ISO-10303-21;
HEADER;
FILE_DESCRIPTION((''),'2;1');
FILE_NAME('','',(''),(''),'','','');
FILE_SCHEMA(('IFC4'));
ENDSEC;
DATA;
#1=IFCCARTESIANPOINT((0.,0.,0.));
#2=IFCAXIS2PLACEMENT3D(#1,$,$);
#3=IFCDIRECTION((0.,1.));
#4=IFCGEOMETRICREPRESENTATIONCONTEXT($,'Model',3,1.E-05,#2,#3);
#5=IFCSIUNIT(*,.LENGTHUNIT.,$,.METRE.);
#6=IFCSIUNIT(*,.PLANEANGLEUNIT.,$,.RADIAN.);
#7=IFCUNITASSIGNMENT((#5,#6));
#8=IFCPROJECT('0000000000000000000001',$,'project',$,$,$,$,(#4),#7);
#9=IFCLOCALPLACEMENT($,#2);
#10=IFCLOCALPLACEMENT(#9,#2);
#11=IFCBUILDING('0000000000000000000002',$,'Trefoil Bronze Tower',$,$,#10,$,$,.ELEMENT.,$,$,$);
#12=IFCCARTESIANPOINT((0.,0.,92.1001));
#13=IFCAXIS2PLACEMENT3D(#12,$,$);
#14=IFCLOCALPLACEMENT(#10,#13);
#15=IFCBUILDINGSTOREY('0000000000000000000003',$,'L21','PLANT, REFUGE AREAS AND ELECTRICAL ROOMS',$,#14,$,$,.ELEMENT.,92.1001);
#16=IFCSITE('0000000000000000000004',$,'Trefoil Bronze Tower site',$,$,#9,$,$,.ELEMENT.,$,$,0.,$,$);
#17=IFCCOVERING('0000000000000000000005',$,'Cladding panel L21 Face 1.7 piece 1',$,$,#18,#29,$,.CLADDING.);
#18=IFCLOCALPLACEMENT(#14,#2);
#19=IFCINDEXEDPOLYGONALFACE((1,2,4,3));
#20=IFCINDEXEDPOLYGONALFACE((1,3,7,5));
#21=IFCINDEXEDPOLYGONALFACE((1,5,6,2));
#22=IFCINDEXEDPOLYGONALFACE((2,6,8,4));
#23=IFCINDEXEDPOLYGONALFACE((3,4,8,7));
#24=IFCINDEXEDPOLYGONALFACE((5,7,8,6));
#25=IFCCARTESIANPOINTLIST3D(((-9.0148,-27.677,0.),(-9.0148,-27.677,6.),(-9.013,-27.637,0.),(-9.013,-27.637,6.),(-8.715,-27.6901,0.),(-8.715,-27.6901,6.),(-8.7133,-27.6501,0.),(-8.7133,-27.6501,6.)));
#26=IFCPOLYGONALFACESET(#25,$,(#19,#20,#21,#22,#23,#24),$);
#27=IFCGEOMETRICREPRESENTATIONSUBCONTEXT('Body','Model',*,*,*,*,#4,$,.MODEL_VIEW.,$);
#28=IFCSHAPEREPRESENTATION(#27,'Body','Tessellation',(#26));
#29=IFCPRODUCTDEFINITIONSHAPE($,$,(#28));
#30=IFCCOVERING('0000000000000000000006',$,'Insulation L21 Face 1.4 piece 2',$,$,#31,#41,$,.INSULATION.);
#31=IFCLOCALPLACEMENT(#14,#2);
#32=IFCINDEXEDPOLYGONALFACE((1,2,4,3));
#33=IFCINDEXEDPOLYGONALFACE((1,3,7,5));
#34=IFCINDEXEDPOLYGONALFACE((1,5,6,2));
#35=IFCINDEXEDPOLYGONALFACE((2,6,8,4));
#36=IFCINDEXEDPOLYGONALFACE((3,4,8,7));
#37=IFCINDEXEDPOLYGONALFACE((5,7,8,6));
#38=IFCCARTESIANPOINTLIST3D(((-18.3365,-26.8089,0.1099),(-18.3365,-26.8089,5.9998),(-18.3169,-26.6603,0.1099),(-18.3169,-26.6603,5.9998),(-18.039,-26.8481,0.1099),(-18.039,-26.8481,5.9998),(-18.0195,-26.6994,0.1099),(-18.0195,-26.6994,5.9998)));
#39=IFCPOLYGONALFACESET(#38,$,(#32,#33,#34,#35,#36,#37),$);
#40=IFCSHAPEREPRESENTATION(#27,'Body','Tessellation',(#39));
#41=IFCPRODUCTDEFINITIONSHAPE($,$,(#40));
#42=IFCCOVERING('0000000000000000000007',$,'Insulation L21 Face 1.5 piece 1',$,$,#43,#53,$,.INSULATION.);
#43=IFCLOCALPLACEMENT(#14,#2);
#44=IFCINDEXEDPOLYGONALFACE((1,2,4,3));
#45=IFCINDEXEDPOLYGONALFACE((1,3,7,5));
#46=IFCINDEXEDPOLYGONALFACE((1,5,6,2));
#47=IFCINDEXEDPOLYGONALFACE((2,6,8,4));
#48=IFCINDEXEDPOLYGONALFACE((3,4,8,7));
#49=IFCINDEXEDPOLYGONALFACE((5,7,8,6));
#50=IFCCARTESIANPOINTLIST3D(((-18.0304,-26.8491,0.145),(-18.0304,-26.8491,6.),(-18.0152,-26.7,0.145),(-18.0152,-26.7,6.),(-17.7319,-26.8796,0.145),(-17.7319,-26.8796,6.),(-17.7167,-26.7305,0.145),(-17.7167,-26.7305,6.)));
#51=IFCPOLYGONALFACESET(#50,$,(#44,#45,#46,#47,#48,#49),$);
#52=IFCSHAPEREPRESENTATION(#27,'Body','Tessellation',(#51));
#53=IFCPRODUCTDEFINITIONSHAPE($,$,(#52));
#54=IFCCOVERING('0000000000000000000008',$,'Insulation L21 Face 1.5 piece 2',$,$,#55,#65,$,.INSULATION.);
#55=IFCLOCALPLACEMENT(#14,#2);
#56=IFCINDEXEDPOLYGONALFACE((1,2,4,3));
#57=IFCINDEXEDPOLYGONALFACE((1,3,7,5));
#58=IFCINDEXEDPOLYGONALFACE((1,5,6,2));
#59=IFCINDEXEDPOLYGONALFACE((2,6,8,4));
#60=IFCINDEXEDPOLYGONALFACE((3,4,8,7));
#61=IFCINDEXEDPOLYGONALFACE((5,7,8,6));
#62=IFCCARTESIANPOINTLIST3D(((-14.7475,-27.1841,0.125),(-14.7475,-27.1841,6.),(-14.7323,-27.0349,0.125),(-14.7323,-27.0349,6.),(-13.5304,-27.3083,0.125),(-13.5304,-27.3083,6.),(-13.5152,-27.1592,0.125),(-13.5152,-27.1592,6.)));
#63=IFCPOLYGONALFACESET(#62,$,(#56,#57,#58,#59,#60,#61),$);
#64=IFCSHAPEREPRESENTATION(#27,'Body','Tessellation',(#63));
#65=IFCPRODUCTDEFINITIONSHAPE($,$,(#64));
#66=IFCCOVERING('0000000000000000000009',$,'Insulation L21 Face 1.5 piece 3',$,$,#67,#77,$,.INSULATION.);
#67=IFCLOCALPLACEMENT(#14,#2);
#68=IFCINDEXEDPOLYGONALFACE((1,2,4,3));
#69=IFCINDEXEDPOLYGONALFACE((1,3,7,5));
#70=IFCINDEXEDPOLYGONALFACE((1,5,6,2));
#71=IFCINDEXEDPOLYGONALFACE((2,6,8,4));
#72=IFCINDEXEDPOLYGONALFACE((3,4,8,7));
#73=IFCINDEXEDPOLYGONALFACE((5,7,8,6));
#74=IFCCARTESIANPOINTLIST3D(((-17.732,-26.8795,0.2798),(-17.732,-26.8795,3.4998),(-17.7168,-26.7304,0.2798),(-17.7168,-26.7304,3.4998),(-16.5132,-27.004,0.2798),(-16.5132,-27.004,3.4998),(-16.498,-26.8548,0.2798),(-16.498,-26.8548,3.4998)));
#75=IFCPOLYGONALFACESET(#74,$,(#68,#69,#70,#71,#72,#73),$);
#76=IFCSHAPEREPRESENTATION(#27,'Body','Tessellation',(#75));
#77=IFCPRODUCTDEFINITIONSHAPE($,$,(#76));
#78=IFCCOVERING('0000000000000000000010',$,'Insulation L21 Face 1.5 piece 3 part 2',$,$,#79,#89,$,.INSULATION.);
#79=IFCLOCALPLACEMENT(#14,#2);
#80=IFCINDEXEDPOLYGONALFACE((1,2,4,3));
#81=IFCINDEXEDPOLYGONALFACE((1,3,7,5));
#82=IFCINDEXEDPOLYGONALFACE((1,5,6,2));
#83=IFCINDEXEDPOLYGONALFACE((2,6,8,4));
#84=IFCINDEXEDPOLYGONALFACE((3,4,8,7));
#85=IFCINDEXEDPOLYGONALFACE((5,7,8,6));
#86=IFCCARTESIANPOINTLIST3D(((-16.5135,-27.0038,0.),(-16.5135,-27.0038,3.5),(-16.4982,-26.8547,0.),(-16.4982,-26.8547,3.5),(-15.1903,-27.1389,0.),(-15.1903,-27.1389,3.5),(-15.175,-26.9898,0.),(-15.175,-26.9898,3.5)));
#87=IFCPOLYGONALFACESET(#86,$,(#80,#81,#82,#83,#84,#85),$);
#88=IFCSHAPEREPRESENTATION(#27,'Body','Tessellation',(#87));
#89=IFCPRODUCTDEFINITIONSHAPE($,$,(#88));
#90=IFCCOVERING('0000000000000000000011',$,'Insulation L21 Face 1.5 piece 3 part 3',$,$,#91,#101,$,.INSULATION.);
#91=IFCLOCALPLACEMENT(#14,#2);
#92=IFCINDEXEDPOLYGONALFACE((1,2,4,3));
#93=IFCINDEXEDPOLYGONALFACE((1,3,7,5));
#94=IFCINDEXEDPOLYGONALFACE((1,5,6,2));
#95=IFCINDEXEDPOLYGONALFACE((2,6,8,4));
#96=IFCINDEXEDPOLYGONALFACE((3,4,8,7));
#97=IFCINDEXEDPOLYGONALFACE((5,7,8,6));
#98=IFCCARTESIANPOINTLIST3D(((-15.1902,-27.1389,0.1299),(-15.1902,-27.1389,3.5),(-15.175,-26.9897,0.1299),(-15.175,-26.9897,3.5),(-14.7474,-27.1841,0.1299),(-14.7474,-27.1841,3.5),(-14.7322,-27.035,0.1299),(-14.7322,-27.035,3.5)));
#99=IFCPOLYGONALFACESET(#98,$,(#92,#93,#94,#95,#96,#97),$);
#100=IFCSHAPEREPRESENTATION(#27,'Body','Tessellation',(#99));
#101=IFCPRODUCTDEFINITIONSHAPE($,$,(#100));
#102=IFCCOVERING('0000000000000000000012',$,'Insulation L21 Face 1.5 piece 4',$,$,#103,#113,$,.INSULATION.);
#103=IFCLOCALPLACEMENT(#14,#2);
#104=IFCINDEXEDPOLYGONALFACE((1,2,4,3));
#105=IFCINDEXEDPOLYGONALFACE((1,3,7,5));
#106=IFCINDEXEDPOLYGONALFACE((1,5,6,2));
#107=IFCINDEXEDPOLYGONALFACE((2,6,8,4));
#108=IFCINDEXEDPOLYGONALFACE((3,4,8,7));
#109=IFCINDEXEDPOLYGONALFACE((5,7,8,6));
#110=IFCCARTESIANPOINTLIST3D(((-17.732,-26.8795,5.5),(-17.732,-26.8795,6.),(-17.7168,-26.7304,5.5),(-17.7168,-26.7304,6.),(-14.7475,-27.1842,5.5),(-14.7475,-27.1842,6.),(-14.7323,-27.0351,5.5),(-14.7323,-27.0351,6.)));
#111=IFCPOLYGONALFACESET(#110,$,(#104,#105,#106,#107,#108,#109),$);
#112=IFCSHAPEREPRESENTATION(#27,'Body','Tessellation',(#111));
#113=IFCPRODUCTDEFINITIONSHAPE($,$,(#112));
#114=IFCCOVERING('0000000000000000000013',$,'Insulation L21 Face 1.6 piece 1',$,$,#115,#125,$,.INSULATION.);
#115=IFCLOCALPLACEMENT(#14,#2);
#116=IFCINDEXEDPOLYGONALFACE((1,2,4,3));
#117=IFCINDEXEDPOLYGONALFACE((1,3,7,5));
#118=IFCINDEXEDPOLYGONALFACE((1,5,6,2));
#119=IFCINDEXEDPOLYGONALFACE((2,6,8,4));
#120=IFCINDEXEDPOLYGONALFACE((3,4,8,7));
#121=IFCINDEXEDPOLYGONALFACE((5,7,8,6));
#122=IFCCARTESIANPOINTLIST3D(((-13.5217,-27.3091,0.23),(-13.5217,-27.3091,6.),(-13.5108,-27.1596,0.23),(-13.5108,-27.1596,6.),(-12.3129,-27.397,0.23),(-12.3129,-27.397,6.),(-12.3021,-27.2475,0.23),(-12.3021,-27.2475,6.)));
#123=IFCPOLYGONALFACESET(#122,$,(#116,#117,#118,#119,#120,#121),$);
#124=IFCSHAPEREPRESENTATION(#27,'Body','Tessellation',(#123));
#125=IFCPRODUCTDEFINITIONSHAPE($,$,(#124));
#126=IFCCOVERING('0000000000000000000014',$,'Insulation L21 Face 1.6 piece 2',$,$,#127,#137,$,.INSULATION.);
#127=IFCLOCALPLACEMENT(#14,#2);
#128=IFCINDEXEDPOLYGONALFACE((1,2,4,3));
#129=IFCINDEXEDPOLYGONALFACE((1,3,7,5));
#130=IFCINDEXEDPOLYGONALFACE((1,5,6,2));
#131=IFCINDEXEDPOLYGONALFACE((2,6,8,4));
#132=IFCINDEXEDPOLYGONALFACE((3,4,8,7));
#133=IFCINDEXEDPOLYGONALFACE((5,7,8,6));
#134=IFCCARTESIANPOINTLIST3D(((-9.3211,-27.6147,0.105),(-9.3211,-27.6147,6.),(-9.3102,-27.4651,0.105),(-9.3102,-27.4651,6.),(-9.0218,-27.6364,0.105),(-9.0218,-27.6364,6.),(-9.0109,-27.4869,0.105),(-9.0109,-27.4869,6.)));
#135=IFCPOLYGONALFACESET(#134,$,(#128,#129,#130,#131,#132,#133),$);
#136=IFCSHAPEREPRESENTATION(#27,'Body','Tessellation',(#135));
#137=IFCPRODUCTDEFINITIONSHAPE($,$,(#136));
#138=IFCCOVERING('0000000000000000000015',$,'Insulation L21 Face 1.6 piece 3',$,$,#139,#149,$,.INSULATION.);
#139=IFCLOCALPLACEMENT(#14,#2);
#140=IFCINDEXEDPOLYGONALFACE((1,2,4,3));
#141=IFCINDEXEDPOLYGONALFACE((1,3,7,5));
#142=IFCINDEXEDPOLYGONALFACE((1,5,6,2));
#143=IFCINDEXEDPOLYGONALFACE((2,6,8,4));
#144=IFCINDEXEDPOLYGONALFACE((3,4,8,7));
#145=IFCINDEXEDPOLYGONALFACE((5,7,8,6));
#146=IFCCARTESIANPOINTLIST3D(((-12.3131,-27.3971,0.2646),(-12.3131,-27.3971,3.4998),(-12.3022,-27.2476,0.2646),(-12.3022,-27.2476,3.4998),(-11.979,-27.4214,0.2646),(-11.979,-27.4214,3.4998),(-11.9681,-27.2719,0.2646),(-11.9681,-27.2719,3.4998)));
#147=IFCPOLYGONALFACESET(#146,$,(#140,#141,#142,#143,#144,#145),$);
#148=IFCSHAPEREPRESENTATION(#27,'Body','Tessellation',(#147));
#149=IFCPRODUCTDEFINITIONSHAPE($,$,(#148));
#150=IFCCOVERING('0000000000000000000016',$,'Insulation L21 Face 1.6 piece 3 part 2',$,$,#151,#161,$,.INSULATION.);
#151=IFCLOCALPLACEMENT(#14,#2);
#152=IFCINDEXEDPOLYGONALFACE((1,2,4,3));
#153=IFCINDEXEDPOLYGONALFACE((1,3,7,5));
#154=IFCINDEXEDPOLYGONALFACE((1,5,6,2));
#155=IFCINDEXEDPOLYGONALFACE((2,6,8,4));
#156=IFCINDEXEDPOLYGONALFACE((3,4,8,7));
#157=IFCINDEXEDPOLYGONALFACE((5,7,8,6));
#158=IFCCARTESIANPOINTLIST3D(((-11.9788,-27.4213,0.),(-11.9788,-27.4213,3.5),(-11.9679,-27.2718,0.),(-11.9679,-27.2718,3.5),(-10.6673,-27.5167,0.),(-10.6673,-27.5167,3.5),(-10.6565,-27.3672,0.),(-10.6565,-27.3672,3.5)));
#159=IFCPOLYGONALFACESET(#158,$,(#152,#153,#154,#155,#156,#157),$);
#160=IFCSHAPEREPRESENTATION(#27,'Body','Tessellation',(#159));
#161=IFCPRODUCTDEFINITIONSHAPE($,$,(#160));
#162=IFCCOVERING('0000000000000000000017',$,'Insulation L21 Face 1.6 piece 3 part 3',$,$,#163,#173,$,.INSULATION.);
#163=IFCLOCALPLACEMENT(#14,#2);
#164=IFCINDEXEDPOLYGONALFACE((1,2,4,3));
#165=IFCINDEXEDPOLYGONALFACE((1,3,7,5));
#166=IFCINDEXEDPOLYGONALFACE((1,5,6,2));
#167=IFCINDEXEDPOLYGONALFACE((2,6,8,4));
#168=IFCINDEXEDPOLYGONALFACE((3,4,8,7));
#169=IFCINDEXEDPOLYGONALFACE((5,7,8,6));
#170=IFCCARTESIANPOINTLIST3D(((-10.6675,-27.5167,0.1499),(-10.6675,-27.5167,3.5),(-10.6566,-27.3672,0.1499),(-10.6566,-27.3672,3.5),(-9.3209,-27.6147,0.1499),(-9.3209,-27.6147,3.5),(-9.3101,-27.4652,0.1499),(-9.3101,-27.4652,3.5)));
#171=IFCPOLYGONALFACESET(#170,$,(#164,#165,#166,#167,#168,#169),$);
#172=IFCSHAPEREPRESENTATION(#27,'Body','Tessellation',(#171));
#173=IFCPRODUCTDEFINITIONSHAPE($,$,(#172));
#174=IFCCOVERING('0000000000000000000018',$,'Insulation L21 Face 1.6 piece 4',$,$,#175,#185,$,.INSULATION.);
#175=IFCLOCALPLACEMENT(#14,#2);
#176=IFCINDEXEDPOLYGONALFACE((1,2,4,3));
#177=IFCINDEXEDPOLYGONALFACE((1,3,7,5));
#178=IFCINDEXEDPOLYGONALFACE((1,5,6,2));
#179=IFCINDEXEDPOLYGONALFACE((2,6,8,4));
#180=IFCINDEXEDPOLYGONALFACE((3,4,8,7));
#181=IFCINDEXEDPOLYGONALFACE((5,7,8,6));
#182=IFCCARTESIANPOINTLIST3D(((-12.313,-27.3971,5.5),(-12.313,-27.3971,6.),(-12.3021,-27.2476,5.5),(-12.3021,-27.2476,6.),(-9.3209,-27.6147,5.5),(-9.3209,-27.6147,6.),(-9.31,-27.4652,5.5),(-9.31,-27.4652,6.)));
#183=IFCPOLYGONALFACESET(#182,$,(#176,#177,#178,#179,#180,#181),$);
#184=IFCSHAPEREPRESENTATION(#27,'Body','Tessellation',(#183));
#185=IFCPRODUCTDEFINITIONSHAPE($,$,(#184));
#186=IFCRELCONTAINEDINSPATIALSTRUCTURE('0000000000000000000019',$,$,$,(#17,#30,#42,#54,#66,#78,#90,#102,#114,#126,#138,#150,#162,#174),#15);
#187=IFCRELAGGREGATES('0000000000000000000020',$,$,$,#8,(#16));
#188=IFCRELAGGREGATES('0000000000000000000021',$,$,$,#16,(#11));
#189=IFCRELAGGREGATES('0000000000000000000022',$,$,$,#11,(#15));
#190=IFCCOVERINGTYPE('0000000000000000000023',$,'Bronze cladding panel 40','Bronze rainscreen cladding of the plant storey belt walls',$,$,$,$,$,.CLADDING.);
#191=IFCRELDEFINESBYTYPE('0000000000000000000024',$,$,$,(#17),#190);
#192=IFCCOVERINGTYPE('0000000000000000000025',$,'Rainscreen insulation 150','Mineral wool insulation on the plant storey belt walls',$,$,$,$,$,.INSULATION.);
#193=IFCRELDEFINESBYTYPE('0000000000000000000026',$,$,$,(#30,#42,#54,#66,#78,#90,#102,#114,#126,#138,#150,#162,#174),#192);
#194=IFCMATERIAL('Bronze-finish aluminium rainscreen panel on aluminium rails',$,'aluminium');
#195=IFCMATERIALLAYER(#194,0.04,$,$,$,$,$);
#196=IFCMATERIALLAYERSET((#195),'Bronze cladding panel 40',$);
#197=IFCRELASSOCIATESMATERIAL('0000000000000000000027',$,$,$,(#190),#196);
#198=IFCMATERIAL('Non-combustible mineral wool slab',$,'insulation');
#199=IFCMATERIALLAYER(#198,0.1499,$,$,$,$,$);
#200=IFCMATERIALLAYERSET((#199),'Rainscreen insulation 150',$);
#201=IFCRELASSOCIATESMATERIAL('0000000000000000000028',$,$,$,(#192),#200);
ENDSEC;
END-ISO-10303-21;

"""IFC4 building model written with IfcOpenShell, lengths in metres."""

from ifc_helpers import new_model, si_unit, direction, frame, origin, origin_2d, place, context, subcontext, project, spatial, rectangle, extrude, material, layer, layer_set, type_object, element, save


model = new_model("IFC4")

# Units and contexts
model_context = context("Model", 3, precision=1e-05, world=origin(), true_north=direction((0.0, 1.0)))
body_context = subcontext(model_context, "Body", "Model", "MODEL_VIEW")
ifc_project = project(units=[si_unit("LENGTHUNIT", "METRE"), si_unit("PLANEANGLEUNIT", "RADIAN")], contexts=[model_context])

# Site, building, storey
site_placement = place(None, origin())
site = spatial("IfcSite", under=ifc_project, at=site_placement, Name="Trefoil Bronze Tower site", CompositionType="ELEMENT", RefElevation=0.0)
building_placement = place(site_placement, origin())
building = spatial("IfcBuilding", under=site, at=building_placement, Name="Trefoil Bronze Tower", CompositionType="ELEMENT")
storey_placement = place(building_placement, frame((0.0, 0.0, 92.1001)))
storey = spatial("IfcBuildingStorey", under=building, at=storey_placement, Name="L21", Description="PLANT, REFUGE AREAS AND ELECTRICAL ROOMS", CompositionType="ELEMENT", Elevation=92.1001)

# Coverings
ifc_material_1 = material(Name="Bronze-finish aluminium rainscreen panel on aluminium rails", Category="aluminium")
ifc_layer_1 = layer(ifc_material_1, 0.04)
ifc_layer_set_1 = layer_set([ifc_layer_1], Name="Bronze cladding panel 40")
covering_type_1 = type_object("IfcCoveringType", Name="Bronze cladding panel 40", Description="Bronze rainscreen cladding of the plant storey belt walls", PredefinedType="CLADDING", material=ifc_layer_set_1)
covering_1_placement = place(storey_placement, frame((-8.864, -27.6636, 0.0), z_axis=(0.0, 0.0, 1.0), x_axis=(0.999052, -0.043528, 0.0)))
element("IfcCovering", 1, at=covering_1_placement, inside=storey, type_object=covering_type_1, Name="Cladding panel L21 Face 1.7 piece 1", PredefinedType="CLADDING", context=body_context, shape_type="SweptSolid", body=[
    extrude(rectangle(XDim=0.3, YDim=0.04, at=origin_2d()), origin(), (0.0, 0.0, 1.0), 6.0),
])
ifc_material_2 = material(Name="Non-combustible mineral wool slab", Category="insulation")
ifc_layer_2 = layer(ifc_material_2, 0.1499)
ifc_layer_set_2 = layer_set([ifc_layer_2], Name="Rainscreen insulation 150")
covering_type_2 = type_object("IfcCoveringType", Name="Rainscreen insulation 150", Description="Mineral wool insulation on the plant storey belt walls", PredefinedType="INSULATION", material=ifc_layer_set_2)
covering_2_placement = place(storey_placement, frame((-18.178, -26.7542, 0.1099), z_axis=(0.0, 0.0, 1.0), x_axis=(0.991437, -0.130584, 0.0)))
element("IfcCovering", 2, at=covering_2_placement, inside=storey, type_object=covering_type_2, Name="Insulation L21 Face 1.4 piece 2", PredefinedType="INSULATION", context=body_context, shape_type="SweptSolid", body=[
    extrude(rectangle(XDim=0.3, YDim=0.1499, at=origin_2d()), origin(), (0.0, 0.0, 1.0), 5.8899),
])
covering_3_placement = place(storey_placement, frame((-17.8735, -26.7898, 0.145), z_axis=(0.0, 0.0, 1.0), x_axis=(0.994829, -0.101565, 0.0)))
element("IfcCovering", 3, at=covering_3_placement, inside=storey, type_object=covering_type_2, Name="Insulation L21 Face 1.5 piece 1", PredefinedType="INSULATION", context=body_context, shape_type="SweptSolid", body=[
    extrude(rectangle(XDim=0.3, YDim=0.1499, at=origin_2d()), origin(), (0.0, 0.0, 1.0), 5.855),
])
covering_4_placement = place(storey_placement, frame((-14.1313, -27.1716, 0.125), z_axis=(0.0, 0.0, 1.0), x_axis=(0.994829, -0.101565, 0.0)))
element("IfcCovering", 4, at=covering_4_placement, inside=storey, type_object=covering_type_2, Name="Insulation L21 Face 1.5 piece 2", PredefinedType="INSULATION", context=body_context, shape_type="SweptSolid", body=[
    extrude(rectangle(XDim=1.2234, YDim=0.1499, at=origin_2d()), origin(), (0.0, 0.0, 1.0), 5.875),
])
covering_5_placement = place(storey_placement, frame((-17.115, -26.8672, 0.2798), z_axis=(0.0, 0.0, 1.0), x_axis=(0.994829, -0.101565, 0.0)))
element("IfcCovering", 5, at=covering_5_placement, inside=storey, type_object=covering_type_2, Name="Insulation L21 Face 1.5 piece 3", PredefinedType="INSULATION", context=body_context, shape_type="SweptSolid", body=[
    extrude(rectangle(XDim=1.2251, YDim=0.1499, at=origin_2d()), origin(), (0.0, 0.0, 1.0), 3.22),
])
covering_6_placement = place(storey_placement, frame((-15.8442, -26.9968, 0.0), z_axis=(0.0, 0.0, 1.0), x_axis=(0.994829, -0.101565, 0.0)))
element("IfcCovering", 6, at=covering_6_placement, inside=storey, type_object=covering_type_2, Name="Insulation L21 Face 1.5 piece 3 part 2", PredefinedType="INSULATION", context=body_context, shape_type="SweptSolid", body=[
    extrude(rectangle(XDim=1.3301, YDim=0.1499, at=origin_2d()), origin(), (0.0, 0.0, 1.0), 3.5),
])
covering_7_placement = place(storey_placement, frame((-14.9612, -27.0869, 0.1299), z_axis=(0.0, 0.0, 1.0), x_axis=(0.994829, -0.101565, 0.0)))
element("IfcCovering", 7, at=covering_7_placement, inside=storey, type_object=covering_type_2, Name="Insulation L21 Face 1.5 piece 3 part 3", PredefinedType="INSULATION", context=body_context, shape_type="SweptSolid", body=[
    extrude(rectangle(XDim=0.4451, YDim=0.1499, at=origin_2d()), origin(), (0.0, 0.0, 1.0), 3.3701),
])
covering_8_placement = place(storey_placement, frame((-16.2322, -26.9573, 5.5), z_axis=(0.0, 0.0, 1.0), x_axis=(0.994829, -0.101565, 0.0)))
element("IfcCovering", 8, at=covering_8_placement, inside=storey, type_object=covering_type_2, Name="Insulation L21 Face 1.5 piece 4", PredefinedType="INSULATION", context=body_context, shape_type="SweptSolid", body=[
    extrude(rectangle(XDim=3.0, YDim=0.1499, at=origin_2d()), origin(), (0.0, 0.0, 1.0), 0.5),
])
covering_9_placement = place(storey_placement, frame((-12.9119, -27.2783, 0.23), z_axis=(0.0, 0.0, 1.0), x_axis=(0.997365, -0.072547, 0.0)))
element("IfcCovering", 9, at=covering_9_placement, inside=storey, type_object=covering_type_2, Name="Insulation L21 Face 1.6 piece 1", PredefinedType="INSULATION", context=body_context, shape_type="SweptSolid", body=[
    extrude(rectangle(XDim=1.2119, YDim=0.1499, at=origin_2d()), origin(), (0.0, 0.0, 1.0), 5.77),
])
covering_10_placement = place(storey_placement, frame((-9.166, -27.5508, 0.105), z_axis=(0.0, 0.0, 1.0), x_axis=(0.997365, -0.072547, 0.0)))
element("IfcCovering", 10, at=covering_10_placement, inside=storey, type_object=covering_type_2, Name="Insulation L21 Face 1.6 piece 2", PredefinedType="INSULATION", context=body_context, shape_type="SweptSolid", body=[
    extrude(rectangle(XDim=0.3, YDim=0.1499, at=origin_2d()), origin(), (0.0, 0.0, 1.0), 5.895),
])
covering_11_placement = place(storey_placement, frame((-12.1406, -27.3345, 0.2646), z_axis=(0.0, 0.0, 1.0), x_axis=(0.997365, -0.072547, 0.0)))
element("IfcCovering", 11, at=covering_11_placement, inside=storey, type_object=covering_type_2, Name="Insulation L21 Face 1.6 piece 3", PredefinedType="INSULATION", context=body_context, shape_type="SweptSolid", body=[
    extrude(rectangle(XDim=0.335, YDim=0.1499, at=origin_2d()), origin(), (0.0, 0.0, 1.0), 3.2351),
])
covering_12_placement = place(storey_placement, frame((-11.3176, -27.3943, 0.0), z_axis=(0.0, 0.0, 1.0), x_axis=(0.997365, -0.072547, 0.0)))
element("IfcCovering", 12, at=covering_12_placement, inside=storey, type_object=covering_type_2, Name="Insulation L21 Face 1.6 piece 3 part 2", PredefinedType="INSULATION", context=body_context, shape_type="SweptSolid", body=[
    extrude(rectangle(XDim=1.3149, YDim=0.1499, at=origin_2d()), origin(), (0.0, 0.0, 1.0), 3.5),
])
covering_13_placement = place(storey_placement, frame((-9.9888, -27.491, 0.1499), z_axis=(0.0, 0.0, 1.0), x_axis=(0.997365, -0.072547, 0.0)))
element("IfcCovering", 13, at=covering_13_placement, inside=storey, type_object=covering_type_2, Name="Insulation L21 Face 1.6 piece 3 part 3", PredefinedType="INSULATION", context=body_context, shape_type="SweptSolid", body=[
    extrude(rectangle(XDim=1.3501, YDim=0.1499, at=origin_2d()), origin(), (0.0, 0.0, 1.0), 3.3501),
])
covering_14_placement = place(storey_placement, frame((-10.8115, -27.4312, 5.5), z_axis=(0.0, 0.0, 1.0), x_axis=(0.997365, -0.072547, 0.0)))
element("IfcCovering", 14, at=covering_14_placement, inside=storey, type_object=covering_type_2, Name="Insulation L21 Face 1.6 piece 4", PredefinedType="INSULATION", context=body_context, shape_type="SweptSolid", body=[
    extrude(rectangle(XDim=3.0, YDim=0.1499, at=origin_2d()), origin(), (0.0, 0.0, 1.0), 0.5),
])

save(model, "model.ifc")
